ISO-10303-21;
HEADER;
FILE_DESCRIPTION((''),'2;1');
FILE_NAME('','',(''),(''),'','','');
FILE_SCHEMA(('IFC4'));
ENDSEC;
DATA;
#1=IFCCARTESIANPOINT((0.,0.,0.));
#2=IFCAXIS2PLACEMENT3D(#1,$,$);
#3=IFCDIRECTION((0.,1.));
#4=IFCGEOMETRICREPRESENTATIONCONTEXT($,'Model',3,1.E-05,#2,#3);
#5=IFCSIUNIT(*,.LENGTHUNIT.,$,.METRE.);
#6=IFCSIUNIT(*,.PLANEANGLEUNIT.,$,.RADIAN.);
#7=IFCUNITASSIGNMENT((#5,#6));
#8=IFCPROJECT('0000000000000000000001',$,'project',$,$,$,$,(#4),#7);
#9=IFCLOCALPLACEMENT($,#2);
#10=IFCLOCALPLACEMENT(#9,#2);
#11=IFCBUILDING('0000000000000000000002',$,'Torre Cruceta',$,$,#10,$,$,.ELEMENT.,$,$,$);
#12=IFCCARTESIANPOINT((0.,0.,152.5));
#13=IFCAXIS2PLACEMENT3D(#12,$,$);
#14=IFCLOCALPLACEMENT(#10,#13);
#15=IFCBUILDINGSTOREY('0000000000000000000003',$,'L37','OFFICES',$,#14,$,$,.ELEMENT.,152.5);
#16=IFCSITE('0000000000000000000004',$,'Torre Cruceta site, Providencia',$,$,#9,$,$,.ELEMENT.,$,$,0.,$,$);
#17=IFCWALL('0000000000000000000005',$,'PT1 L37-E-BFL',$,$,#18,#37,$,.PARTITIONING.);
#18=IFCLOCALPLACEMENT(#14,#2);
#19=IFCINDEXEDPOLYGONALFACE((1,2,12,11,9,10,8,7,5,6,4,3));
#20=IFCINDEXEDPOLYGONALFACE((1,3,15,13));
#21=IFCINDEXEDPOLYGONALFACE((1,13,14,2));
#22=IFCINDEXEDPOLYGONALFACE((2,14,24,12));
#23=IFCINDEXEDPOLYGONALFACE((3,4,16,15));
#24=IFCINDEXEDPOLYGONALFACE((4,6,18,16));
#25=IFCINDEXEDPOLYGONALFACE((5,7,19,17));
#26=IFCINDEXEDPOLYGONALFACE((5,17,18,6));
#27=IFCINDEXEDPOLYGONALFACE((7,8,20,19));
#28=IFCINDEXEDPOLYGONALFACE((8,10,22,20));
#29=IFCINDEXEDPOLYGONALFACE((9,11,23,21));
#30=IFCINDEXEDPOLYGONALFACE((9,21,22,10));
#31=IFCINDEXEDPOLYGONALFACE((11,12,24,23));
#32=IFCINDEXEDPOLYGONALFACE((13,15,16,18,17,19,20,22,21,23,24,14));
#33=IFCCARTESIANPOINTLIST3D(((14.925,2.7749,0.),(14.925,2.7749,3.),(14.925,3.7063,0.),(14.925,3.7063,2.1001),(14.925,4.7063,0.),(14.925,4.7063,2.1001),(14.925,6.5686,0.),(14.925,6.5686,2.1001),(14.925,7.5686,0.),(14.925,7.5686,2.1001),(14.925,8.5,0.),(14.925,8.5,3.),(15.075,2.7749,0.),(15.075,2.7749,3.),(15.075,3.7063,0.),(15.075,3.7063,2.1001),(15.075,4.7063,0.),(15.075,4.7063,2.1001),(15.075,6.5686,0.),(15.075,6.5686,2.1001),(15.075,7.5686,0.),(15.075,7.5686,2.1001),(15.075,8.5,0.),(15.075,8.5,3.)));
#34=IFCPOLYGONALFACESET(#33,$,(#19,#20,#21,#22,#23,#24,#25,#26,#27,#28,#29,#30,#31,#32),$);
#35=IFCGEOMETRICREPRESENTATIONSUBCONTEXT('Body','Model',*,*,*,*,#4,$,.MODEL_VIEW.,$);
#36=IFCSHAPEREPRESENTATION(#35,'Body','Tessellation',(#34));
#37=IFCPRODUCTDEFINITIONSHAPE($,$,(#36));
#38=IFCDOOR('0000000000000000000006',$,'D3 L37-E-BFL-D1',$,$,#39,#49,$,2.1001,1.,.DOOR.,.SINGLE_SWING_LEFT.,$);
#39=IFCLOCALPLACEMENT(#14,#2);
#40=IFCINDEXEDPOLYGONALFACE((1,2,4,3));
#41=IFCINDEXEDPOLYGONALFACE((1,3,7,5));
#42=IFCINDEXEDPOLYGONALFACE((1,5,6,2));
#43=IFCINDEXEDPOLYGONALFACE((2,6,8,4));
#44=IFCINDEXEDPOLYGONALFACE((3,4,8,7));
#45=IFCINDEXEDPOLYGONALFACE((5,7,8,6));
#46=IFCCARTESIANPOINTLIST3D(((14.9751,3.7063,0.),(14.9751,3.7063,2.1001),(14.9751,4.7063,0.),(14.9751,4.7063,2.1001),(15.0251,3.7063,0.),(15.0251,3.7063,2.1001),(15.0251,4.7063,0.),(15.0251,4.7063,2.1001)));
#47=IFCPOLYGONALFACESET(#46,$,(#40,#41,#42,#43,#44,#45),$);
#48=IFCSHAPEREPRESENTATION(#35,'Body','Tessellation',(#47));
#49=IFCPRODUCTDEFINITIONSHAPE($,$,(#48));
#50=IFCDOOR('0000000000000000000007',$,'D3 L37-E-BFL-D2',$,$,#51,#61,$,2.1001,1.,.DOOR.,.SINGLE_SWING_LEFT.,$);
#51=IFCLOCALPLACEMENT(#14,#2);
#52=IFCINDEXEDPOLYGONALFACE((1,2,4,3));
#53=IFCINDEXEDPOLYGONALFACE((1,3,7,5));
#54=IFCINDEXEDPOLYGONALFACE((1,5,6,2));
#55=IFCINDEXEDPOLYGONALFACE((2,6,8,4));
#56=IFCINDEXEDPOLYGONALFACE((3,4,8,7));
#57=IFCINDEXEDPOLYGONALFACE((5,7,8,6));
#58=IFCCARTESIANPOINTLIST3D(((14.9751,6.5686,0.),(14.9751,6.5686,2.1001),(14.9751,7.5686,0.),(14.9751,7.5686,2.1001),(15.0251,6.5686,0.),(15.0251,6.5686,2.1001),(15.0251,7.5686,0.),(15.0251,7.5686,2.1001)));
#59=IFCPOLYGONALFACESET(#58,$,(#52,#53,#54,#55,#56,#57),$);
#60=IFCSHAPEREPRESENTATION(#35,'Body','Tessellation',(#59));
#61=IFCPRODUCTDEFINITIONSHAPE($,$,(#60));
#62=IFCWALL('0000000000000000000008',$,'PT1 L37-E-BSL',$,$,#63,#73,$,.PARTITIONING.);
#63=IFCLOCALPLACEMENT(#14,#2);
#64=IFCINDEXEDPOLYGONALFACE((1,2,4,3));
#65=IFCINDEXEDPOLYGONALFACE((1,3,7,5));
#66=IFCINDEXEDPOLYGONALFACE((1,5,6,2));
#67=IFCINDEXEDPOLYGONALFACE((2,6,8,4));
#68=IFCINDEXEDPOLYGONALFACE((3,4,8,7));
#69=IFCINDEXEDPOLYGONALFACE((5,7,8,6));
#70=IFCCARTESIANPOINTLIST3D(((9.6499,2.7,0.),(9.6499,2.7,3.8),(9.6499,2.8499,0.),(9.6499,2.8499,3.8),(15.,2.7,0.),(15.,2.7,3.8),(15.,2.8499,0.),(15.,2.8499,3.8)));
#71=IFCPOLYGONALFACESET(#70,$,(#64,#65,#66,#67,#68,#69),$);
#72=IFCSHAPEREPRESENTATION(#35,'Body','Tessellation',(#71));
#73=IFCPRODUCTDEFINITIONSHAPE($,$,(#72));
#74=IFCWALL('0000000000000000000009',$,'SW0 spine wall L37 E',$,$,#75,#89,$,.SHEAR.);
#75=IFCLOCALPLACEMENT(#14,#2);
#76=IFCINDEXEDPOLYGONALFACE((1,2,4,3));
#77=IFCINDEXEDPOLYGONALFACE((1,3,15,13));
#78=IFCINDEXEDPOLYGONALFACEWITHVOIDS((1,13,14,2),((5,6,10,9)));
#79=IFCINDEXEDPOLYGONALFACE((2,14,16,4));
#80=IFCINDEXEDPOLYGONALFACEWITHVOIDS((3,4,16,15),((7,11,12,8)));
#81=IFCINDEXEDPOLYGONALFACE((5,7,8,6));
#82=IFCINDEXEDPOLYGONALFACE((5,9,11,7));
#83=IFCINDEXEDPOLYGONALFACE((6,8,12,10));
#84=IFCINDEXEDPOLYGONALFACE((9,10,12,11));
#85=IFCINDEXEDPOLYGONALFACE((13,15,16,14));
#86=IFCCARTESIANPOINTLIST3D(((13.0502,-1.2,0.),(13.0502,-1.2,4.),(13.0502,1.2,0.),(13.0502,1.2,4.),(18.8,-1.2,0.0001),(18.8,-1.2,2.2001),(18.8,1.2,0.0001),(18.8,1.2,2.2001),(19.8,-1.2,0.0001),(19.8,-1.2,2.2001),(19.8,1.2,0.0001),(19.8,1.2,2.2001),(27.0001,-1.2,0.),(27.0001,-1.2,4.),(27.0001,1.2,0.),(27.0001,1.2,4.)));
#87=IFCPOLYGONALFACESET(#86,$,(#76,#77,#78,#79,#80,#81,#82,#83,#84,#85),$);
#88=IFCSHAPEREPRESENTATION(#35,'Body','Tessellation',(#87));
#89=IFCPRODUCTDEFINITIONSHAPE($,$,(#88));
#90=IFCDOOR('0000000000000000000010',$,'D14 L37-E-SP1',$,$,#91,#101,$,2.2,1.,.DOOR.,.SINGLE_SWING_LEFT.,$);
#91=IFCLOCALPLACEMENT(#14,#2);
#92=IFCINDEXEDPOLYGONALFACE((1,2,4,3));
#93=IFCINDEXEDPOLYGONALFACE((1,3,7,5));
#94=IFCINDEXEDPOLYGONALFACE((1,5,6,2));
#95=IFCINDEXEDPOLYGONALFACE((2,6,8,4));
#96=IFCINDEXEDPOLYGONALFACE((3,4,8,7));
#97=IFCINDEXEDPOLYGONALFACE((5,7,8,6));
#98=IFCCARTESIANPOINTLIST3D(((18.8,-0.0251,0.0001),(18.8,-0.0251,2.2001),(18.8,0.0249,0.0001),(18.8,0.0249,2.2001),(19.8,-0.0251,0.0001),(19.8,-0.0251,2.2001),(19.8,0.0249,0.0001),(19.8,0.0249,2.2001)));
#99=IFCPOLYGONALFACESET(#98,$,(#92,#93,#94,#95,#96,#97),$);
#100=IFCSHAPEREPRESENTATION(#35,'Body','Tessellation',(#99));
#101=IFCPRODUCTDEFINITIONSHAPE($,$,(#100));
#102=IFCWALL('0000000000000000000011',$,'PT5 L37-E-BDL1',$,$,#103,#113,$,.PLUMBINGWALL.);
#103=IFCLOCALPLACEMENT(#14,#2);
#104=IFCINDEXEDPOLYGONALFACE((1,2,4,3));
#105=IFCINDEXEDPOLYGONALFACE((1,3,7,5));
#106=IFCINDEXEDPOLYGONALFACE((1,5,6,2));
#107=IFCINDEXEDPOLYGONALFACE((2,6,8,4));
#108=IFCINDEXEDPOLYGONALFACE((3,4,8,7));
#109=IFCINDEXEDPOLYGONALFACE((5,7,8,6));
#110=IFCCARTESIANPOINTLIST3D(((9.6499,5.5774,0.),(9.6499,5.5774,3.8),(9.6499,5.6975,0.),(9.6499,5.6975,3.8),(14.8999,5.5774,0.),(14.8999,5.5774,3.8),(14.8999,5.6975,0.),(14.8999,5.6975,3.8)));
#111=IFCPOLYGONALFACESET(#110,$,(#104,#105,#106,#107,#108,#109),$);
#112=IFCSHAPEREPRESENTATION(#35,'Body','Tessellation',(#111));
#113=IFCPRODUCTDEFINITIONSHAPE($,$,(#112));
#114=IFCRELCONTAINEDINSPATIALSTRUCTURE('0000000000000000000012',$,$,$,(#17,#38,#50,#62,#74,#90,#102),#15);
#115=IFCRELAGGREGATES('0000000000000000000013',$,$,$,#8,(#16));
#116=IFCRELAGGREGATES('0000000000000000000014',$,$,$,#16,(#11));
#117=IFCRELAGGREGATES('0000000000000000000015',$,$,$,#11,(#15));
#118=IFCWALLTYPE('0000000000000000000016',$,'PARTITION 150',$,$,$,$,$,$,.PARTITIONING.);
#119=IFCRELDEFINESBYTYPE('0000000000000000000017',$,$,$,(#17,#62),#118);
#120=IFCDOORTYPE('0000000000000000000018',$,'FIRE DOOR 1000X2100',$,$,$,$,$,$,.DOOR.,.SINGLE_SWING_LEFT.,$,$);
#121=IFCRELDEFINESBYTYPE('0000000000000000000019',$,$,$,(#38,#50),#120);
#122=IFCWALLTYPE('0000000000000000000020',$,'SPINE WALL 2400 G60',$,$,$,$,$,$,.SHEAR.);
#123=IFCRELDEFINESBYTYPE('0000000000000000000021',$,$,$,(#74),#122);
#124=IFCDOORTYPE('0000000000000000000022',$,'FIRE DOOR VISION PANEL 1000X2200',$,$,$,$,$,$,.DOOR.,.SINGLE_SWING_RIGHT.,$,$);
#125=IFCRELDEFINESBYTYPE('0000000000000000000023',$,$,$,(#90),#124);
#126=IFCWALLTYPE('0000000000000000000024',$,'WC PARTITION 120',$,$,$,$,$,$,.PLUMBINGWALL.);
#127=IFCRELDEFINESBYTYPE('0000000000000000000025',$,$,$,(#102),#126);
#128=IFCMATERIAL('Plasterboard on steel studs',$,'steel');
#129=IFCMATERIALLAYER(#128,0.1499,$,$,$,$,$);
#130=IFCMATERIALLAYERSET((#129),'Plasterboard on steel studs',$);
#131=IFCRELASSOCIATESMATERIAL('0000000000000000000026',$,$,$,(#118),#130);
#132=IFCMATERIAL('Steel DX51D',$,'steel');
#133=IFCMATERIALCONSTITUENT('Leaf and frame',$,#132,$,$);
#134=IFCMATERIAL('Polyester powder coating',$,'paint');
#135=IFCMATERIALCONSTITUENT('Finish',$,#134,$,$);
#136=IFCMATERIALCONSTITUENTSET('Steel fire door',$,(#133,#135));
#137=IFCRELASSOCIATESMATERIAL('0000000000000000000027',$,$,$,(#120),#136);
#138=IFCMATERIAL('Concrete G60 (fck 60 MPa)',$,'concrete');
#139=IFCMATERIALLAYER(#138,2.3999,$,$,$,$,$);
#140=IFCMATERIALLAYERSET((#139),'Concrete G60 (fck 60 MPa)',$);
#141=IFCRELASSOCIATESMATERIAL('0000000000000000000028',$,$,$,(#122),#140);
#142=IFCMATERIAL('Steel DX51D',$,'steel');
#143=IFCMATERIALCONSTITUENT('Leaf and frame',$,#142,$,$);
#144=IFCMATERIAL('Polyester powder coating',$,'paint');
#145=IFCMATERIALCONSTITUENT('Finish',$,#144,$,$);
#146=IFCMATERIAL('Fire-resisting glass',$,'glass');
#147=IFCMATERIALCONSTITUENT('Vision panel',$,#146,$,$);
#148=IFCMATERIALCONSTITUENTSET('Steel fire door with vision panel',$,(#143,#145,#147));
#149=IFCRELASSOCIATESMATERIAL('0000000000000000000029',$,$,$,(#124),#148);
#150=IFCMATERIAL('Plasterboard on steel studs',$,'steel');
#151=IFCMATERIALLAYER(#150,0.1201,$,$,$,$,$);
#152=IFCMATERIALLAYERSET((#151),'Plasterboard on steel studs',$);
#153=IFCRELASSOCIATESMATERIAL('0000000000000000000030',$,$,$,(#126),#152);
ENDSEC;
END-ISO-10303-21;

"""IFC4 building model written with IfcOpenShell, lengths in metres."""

from ifc_helpers import new_model, si_unit, direction, frame, frame_2d, origin, place, context, subcontext, project, spatial, rectangle, extrude, material, layer, layer_set, constituent, constituent_set, type_object, element, fill, save


model = new_model("IFC4")

# Units and contexts
model_context = context("Model", 3, precision=1e-05, world=origin(), true_north=direction((0.0, 1.0)))
body_context = subcontext(model_context, "Body", "Model", "MODEL_VIEW")
ifc_project = project(units=[si_unit("LENGTHUNIT", "METRE"), si_unit("PLANEANGLEUNIT", "RADIAN")], contexts=[model_context])

# Site, building, storey
site_placement = place(None, origin())
site = spatial("IfcSite", under=ifc_project, at=site_placement, Name="Torre Cruceta site, Providencia", CompositionType="ELEMENT", RefElevation=0.0)
building_placement = place(site_placement, origin())
building = spatial("IfcBuilding", under=site, at=building_placement, Name="Torre Cruceta", CompositionType="ELEMENT")
storey_placement = place(building_placement, frame((0.0, 0.0, 152.5)))
storey = spatial("IfcBuildingStorey", under=building, at=storey_placement, Name="L37", Description="OFFICES", CompositionType="ELEMENT", Elevation=152.5)

# Wall, openings, doors
ifc_material_1 = material(Name="Plasterboard on steel studs", Category="steel")
ifc_layer_1 = layer(ifc_material_1, 0.1499)
ifc_layer_set_1 = layer_set([ifc_layer_1], Name="Plasterboard on steel studs")
wall_type_1 = type_object("IfcWallType", Name="PARTITION 150", PredefinedType="PARTITIONING", material=ifc_layer_set_1)
wall_1_placement = place(storey_placement, frame((15.0, 2.7749, 0.0), z_axis=(0.0, 0.0, 1.0), x_axis=(0.0, 1.0, 0.0)))
wall_1 = element("IfcWall", 1, at=wall_1_placement, inside=storey, type_object=wall_type_1, Name="PT1 L37-E-BFL", PredefinedType="PARTITIONING", context=body_context, shape_type="SweptSolid", body=[
    extrude(rectangle(XDim=5.7251, YDim=0.1499, at=frame_2d((2.8625, 0.0))), origin(), (0.0, 0.0, 1.0), 3.0),
])
opening_1_placement = place(wall_1_placement, frame((0.9314, 0.0, 0.0)))
opening_1 = element("IfcOpeningElement", 2, at=opening_1_placement, cuts=wall_1, PredefinedType="OPENING", context=body_context, shape_type="SweptSolid", body=[
    extrude(rectangle(XDim=1.0, YDim=2.1001, at=frame_2d((0.5, 1.05))), frame((0.0, 0.085, 0.0), z_axis=(0.0, -1.0, 0.0), x_axis=(1.0, 0.0, 0.0)), (0.0, 0.0, 1.0), 0.1699),
])
opening_2_placement = place(wall_1_placement, frame((3.7937, 0.0, 0.0)))
opening_2 = element("IfcOpeningElement", 3, at=opening_2_placement, cuts=wall_1, PredefinedType="OPENING", context=body_context, shape_type="SweptSolid", body=[
    extrude(rectangle(XDim=1.0, YDim=2.1001, at=frame_2d((0.5, 1.05))), frame((0.0, 0.085, 0.0), z_axis=(0.0, -1.0, 0.0), x_axis=(1.0, 0.0, 0.0)), (0.0, 0.0, 1.0), 0.1699),
])
ifc_material_2 = material(Name="Steel DX51D", Category="steel")
ifc_constituent_1 = constituent(ifc_material_2, Name="Leaf and frame")
ifc_material_3 = material(Name="Polyester powder coating", Category="paint")
ifc_constituent_2 = constituent(ifc_material_3, Name="Finish")
ifc_constituent_set_1 = constituent_set(constituents=[ifc_constituent_1, ifc_constituent_2], Name="Steel fire door")
door_type_1 = type_object("IfcDoorType", Name="FIRE DOOR 1000X2100", OperationType="SINGLE_SWING_LEFT", PredefinedType="DOOR", material=ifc_constituent_set_1)
door_1_placement = place(opening_1_placement, origin())
door_1 = element("IfcDoor", 4, at=door_1_placement, inside=storey, type_object=door_type_1, Name="D3 L37-E-BFL-D1", OperationType="SINGLE_SWING_LEFT", OverallHeight=2.1001, OverallWidth=1.0, PredefinedType="DOOR", context=body_context, shape_type="SweptSolid", body=[
    extrude(rectangle(XDim=1.0, YDim=2.1001, at=frame_2d((0.5, 1.05))), frame((0.0, 0.0249, 0.0), z_axis=(0.0, -1.0, 0.0), x_axis=(1.0, 0.0, 0.0)), (0.0, 0.0, 1.0), 0.05),
])
fill(opening_1, door_1)
door_2_placement = place(opening_2_placement, origin())
door_2 = element("IfcDoor", 5, at=door_2_placement, inside=storey, type_object=door_type_1, Name="D3 L37-E-BFL-D2", OperationType="SINGLE_SWING_LEFT", OverallHeight=2.1001, OverallWidth=1.0, PredefinedType="DOOR", context=body_context, shape_type="SweptSolid", body=[
    extrude(rectangle(XDim=1.0, YDim=2.1001, at=frame_2d((0.5, 1.05))), frame((0.0, 0.0249, 0.0), z_axis=(0.0, -1.0, 0.0), x_axis=(1.0, 0.0, 0.0)), (0.0, 0.0, 1.0), 0.05),
])
fill(opening_2, door_2)

# Wall
wall_2_placement = place(storey_placement, frame((9.6499, 2.7749, 0.0), z_axis=(0.0, 0.0, 1.0), x_axis=(1.0, 0.0, 0.0)))
element("IfcWall", 6, at=wall_2_placement, inside=storey, type_object=wall_type_1, Name="PT1 L37-E-BSL", PredefinedType="PARTITIONING", context=body_context, shape_type="SweptSolid", body=[
    extrude(rectangle(XDim=5.3501, YDim=0.1499, at=frame_2d((2.675, 0.0))), origin(), (0.0, 0.0, 1.0), 3.8),
])

# Wall, opening, door
ifc_material_4 = material(Name="Concrete G60 (fck 60 MPa)", Category="concrete")
ifc_layer_2 = layer(ifc_material_4, 2.3999)
ifc_layer_set_2 = layer_set([ifc_layer_2], Name="Concrete G60 (fck 60 MPa)")
wall_type_2 = type_object("IfcWallType", Name="SPINE WALL 2400 G60", PredefinedType="SHEAR", material=ifc_layer_set_2)
wall_3_placement = place(storey_placement, frame((13.05, 0.0, 0.0), z_axis=(0.0, 0.0, 1.0), x_axis=(1.0, 0.0, 0.0)))
wall_3 = element("IfcWall", 7, at=wall_3_placement, inside=storey, type_object=wall_type_2, Name="SW0 spine wall L37 E", PredefinedType="SHEAR", context=body_context, shape_type="SweptSolid", body=[
    extrude(rectangle(XDim=13.95, YDim=2.3999, at=frame_2d((6.9751, 0.0))), origin(), (0.0, 0.0, 1.0), 4.0),
])
opening_3_placement = place(wall_3_placement, frame((5.75, 0.0, 0.0)))
opening_3 = element("IfcOpeningElement", 8, at=opening_3_placement, cuts=wall_3, PredefinedType="OPENING", context=body_context, shape_type="SweptSolid", body=[
    extrude(rectangle(XDim=1.0, YDim=2.2, at=frame_2d((0.5, 1.1001))), frame((0.0, 1.21, 0.0), z_axis=(0.0, -1.0, 0.0), x_axis=(1.0, 0.0, 0.0)), (0.0, 0.0, 1.0), 2.4199),
])
ifc_material_5 = material(Name="Steel DX51D", Category="steel")
ifc_constituent_3 = constituent(ifc_material_5, Name="Leaf and frame")
ifc_material_6 = material(Name="Polyester powder coating", Category="paint")
ifc_constituent_4 = constituent(ifc_material_6, Name="Finish")
ifc_material_7 = material(Name="Fire-resisting glass", Category="glass")
ifc_constituent_5 = constituent(ifc_material_7, Name="Vision panel")
ifc_constituent_set_2 = constituent_set(constituents=[ifc_constituent_3, ifc_constituent_4, ifc_constituent_5], Name="Steel fire door with vision panel")
door_type_2 = type_object("IfcDoorType", Name="FIRE DOOR VISION PANEL 1000X2200", OperationType="SINGLE_SWING_RIGHT", PredefinedType="DOOR", material=ifc_constituent_set_2)
door_3_placement = place(opening_3_placement, frame((1.0, 0.0, 0.0), z_axis=(0.0, 0.0, 1.0), x_axis=(-1.0, 0.0, 0.0)))
door_3 = element("IfcDoor", 9, at=door_3_placement, inside=storey, type_object=door_type_2, Name="D14 L37-E-SP1", OperationType="SINGLE_SWING_LEFT", OverallHeight=2.2, OverallWidth=1.0, PredefinedType="DOOR", context=body_context, shape_type="SweptSolid", body=[
    extrude(rectangle(XDim=1.0, YDim=2.2, at=frame_2d((0.5, 1.1001))), frame((0.0, 0.0251, 0.0), z_axis=(0.0, -1.0, 0.0), x_axis=(1.0, 0.0, 0.0)), (0.0, 0.0, 1.0), 0.05),
])
fill(opening_3, door_3)

# Wall
ifc_material_8 = material(Name="Plasterboard on steel studs", Category="steel")
ifc_layer_3 = layer(ifc_material_8, 0.1201)
ifc_layer_set_3 = layer_set([ifc_layer_3], Name="Plasterboard on steel studs")
wall_type_3 = type_object("IfcWallType", Name="WC PARTITION 120", PredefinedType="PLUMBINGWALL", material=ifc_layer_set_3)
wall_4_placement = place(storey_placement, frame((9.6499, 5.6375, 0.0), z_axis=(0.0, 0.0, 1.0), x_axis=(1.0, 0.0, 0.0)))
element("IfcWall", 10, at=wall_4_placement, inside=storey, type_object=wall_type_3, Name="PT5 L37-E-BDL1", PredefinedType="PLUMBINGWALL", context=body_context, shape_type="SweptSolid", body=[
    extrude(rectangle(XDim=5.25, YDim=0.1201, at=frame_2d((2.625, 0.0))), origin(), (0.0, 0.0, 1.0), 3.8),
])

save(model, "model.ifc")
